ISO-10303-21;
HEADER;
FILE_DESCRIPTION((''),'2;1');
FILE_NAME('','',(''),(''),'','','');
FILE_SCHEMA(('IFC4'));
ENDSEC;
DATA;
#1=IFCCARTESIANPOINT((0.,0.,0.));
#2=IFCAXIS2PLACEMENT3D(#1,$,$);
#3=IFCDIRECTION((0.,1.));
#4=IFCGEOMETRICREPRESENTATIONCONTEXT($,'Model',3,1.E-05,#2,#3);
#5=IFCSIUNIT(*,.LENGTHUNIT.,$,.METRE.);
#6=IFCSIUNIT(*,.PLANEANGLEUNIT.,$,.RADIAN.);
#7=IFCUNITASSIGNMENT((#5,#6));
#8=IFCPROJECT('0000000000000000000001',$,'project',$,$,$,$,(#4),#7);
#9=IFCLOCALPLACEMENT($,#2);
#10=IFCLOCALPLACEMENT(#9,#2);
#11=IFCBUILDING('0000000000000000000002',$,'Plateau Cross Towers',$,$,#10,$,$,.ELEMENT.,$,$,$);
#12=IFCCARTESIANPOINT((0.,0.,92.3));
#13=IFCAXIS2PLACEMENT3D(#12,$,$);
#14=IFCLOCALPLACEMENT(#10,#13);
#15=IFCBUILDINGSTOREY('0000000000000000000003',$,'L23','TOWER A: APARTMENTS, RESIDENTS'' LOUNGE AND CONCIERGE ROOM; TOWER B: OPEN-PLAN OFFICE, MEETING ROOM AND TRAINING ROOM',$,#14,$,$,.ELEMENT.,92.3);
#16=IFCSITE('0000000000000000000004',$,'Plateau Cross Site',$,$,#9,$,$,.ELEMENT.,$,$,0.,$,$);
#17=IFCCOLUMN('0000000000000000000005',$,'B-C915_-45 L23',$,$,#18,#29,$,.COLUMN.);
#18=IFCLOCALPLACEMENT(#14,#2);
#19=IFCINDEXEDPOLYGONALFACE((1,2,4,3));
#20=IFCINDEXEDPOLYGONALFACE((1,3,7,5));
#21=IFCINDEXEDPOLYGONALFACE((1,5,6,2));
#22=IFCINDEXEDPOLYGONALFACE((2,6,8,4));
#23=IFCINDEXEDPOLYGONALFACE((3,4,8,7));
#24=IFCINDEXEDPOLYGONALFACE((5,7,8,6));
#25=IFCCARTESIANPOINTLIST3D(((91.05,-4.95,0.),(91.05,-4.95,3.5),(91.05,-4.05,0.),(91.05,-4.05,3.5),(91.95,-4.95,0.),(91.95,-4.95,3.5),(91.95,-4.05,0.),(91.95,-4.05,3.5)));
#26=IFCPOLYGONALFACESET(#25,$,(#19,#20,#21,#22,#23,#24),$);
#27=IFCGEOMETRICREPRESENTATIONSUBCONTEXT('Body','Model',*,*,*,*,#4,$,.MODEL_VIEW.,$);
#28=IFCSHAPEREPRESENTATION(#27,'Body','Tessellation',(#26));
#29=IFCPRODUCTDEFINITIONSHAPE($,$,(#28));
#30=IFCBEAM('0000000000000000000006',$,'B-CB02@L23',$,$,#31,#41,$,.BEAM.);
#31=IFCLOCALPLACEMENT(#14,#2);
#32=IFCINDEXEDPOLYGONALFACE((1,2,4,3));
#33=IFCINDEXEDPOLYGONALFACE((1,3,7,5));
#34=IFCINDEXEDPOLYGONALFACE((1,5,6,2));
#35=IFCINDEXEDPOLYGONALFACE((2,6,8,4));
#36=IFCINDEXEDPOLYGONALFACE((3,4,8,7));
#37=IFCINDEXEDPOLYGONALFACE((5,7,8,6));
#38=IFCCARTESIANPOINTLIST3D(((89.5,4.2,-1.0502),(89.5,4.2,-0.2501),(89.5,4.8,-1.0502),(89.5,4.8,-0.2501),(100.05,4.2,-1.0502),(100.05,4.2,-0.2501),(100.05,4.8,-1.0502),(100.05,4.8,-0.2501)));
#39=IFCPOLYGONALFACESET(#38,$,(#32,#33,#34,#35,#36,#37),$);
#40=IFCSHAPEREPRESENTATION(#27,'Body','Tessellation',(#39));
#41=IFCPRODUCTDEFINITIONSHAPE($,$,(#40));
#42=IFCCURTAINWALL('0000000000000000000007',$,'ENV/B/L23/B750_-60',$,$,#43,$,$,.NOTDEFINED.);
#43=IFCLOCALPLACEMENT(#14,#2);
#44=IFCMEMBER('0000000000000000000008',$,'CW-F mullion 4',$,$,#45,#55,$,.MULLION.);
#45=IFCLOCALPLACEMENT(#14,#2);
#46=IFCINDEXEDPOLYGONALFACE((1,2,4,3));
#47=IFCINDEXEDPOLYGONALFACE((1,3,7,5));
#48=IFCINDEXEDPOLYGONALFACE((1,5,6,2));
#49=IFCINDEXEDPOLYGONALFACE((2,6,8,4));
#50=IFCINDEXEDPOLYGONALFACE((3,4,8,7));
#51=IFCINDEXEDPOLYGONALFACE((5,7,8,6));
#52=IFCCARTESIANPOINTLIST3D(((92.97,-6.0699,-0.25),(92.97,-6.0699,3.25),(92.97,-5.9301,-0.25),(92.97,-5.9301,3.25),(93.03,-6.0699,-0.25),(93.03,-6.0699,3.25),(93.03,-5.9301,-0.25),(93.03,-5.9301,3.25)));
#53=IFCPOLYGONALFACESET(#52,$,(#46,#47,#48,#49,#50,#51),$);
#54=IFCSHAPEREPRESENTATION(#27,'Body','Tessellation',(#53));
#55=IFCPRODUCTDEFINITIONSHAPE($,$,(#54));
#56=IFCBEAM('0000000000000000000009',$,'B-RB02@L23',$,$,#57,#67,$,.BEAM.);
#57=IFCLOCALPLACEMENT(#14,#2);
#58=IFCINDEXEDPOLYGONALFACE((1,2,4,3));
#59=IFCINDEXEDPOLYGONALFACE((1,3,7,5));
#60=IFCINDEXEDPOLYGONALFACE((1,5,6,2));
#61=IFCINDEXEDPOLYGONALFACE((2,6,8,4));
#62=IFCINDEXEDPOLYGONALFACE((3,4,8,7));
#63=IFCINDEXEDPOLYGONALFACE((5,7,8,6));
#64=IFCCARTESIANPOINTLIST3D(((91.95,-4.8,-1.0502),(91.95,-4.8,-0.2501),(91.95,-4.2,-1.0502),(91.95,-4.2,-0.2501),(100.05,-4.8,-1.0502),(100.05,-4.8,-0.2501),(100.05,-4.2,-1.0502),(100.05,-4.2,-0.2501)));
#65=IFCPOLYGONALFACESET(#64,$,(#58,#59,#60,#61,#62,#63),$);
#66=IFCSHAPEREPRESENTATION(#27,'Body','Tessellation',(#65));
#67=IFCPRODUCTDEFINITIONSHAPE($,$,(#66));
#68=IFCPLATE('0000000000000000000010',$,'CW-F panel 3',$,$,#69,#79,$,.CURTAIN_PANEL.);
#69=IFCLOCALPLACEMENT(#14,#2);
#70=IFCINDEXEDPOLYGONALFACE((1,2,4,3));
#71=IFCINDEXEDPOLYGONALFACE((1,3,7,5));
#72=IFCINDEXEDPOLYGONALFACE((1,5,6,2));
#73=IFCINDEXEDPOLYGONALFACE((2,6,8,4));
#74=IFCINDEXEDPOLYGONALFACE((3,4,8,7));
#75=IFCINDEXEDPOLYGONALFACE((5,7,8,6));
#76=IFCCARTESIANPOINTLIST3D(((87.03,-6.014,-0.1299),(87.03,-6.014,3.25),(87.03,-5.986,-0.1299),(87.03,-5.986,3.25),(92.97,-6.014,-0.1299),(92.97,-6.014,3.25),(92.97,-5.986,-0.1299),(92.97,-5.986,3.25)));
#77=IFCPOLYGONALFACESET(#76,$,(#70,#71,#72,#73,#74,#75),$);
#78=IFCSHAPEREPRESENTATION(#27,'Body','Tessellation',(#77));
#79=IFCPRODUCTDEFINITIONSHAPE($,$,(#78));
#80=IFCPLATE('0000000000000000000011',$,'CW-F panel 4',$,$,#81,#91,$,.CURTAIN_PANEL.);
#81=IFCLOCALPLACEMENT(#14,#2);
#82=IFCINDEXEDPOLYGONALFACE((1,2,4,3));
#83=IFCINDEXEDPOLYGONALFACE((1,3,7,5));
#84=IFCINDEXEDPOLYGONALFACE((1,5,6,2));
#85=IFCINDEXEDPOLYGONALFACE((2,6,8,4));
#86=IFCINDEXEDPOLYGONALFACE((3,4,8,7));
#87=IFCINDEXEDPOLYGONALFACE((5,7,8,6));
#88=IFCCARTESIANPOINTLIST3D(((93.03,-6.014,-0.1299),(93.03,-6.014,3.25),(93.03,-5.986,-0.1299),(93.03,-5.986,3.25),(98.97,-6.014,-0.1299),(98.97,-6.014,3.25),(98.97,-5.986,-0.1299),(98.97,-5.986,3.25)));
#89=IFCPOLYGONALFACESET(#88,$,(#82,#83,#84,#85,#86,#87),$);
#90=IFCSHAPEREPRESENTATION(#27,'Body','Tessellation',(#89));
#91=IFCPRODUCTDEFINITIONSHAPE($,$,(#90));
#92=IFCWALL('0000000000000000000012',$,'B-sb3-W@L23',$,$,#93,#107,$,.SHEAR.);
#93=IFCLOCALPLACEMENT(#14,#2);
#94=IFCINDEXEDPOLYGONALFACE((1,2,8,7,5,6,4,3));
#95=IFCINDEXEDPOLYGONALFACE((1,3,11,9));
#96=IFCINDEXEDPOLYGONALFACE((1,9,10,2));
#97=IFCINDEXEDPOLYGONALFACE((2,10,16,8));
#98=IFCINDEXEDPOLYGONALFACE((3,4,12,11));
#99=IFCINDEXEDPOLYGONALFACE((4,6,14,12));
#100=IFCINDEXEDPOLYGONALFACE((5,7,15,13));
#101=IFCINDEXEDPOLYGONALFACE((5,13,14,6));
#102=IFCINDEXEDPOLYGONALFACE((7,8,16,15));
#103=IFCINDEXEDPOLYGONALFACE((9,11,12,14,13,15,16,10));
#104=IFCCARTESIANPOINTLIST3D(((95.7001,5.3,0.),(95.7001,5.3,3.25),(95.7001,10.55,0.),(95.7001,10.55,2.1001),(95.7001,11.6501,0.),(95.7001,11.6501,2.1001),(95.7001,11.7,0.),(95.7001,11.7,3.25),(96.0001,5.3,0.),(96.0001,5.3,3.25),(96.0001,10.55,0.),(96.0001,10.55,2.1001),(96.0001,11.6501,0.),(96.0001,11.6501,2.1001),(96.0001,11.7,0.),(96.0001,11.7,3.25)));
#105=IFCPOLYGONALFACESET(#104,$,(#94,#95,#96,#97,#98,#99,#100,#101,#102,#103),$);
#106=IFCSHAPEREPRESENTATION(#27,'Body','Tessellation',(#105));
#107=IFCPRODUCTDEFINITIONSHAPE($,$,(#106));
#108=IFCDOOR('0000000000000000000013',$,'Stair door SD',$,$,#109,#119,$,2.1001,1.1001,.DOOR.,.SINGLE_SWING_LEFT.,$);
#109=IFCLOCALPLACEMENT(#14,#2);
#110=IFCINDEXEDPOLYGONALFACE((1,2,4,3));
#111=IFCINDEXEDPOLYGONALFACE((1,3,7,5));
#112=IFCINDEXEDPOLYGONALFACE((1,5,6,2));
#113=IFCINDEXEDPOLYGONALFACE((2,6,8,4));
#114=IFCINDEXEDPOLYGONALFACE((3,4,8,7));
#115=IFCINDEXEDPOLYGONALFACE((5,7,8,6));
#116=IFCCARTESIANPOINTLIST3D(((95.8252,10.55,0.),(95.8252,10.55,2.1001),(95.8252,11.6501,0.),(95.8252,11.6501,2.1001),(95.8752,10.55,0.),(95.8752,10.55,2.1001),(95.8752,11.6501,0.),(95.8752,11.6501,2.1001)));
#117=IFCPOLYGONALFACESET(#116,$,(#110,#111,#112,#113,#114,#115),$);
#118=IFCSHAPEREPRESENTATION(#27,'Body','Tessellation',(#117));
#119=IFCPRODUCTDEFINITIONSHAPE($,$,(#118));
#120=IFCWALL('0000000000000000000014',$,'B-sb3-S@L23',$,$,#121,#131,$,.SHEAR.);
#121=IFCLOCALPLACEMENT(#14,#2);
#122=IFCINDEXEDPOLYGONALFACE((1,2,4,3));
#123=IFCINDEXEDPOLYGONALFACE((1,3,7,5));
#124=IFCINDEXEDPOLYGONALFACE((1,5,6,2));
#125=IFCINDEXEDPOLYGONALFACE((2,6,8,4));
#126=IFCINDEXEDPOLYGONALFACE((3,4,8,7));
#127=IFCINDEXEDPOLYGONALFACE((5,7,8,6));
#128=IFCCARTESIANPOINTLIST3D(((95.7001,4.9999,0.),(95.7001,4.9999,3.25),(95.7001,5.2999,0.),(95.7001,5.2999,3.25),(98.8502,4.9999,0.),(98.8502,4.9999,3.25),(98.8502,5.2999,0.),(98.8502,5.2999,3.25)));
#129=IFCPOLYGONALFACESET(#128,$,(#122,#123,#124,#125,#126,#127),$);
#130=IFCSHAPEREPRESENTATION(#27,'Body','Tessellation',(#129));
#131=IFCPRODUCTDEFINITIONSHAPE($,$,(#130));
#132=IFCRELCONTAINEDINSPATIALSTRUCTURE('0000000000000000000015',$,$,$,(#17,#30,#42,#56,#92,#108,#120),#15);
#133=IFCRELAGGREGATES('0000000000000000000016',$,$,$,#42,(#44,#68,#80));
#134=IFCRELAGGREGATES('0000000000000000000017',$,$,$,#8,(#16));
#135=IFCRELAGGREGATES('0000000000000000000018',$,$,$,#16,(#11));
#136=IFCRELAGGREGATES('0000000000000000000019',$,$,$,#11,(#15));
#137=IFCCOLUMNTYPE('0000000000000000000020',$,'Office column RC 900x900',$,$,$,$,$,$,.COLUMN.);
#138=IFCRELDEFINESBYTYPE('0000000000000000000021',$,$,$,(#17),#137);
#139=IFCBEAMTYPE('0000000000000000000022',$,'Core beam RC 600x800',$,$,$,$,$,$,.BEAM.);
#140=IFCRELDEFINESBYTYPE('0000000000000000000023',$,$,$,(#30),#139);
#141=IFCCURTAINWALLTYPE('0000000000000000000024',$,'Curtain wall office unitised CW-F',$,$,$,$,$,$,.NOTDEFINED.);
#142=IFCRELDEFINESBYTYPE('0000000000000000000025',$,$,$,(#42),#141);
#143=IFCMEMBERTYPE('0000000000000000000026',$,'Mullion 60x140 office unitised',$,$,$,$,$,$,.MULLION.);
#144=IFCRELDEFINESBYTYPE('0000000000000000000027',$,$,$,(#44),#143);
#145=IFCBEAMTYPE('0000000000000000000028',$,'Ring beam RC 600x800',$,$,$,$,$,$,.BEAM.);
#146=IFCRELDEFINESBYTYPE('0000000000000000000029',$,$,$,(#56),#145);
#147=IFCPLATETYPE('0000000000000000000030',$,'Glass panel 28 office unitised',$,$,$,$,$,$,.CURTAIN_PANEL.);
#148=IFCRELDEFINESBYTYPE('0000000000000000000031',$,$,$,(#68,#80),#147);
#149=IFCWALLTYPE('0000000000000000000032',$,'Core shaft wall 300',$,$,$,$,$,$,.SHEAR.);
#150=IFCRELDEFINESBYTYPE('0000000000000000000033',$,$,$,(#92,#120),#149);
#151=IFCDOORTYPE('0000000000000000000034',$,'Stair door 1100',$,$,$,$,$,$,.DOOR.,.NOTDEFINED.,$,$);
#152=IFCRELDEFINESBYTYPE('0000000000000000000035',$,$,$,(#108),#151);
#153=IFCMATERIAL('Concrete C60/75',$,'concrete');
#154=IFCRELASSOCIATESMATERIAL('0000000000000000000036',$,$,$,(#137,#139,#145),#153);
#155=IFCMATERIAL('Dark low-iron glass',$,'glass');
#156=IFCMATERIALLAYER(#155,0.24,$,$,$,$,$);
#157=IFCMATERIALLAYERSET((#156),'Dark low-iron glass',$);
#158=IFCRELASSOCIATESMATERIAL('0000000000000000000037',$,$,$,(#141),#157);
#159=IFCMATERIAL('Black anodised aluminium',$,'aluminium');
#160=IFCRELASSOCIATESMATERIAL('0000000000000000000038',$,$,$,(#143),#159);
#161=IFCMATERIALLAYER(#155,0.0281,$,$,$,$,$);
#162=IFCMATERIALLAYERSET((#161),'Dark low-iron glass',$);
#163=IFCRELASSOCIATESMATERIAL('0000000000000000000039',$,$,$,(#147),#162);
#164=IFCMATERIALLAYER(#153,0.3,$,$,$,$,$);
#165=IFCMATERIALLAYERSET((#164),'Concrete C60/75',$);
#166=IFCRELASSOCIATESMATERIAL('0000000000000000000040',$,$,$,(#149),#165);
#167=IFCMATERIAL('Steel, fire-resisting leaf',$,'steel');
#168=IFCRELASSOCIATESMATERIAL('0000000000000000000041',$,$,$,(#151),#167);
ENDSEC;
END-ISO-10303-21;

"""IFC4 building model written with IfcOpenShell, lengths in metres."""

from ifc_helpers import new_model, si_unit, direction, frame, frame_2d, origin, origin_2d, place, context, subcontext, project, spatial, rectangle, extrude, material, layer, layer_set, material_profile, profile_set, type_object, element, fill, aggregate, save


model = new_model("IFC4")

# Units and contexts
model_context = context("Model", 3, precision=1e-05, world=origin(), true_north=direction((0.0, 1.0)))
body_context = subcontext(model_context, "Body", "Model", "MODEL_VIEW")
ifc_project = project(units=[si_unit("LENGTHUNIT", "METRE"), si_unit("PLANEANGLEUNIT", "RADIAN")], contexts=[model_context])

# Site, building, storey
site_placement = place(None, origin())
site = spatial("IfcSite", under=ifc_project, at=site_placement, Name="Plateau Cross Site", CompositionType="ELEMENT", RefElevation=0.0)
building_placement = place(site_placement, origin())
building = spatial("IfcBuilding", under=site, at=building_placement, Name="Plateau Cross Towers", CompositionType="ELEMENT")
storey_placement = place(building_placement, frame((0.0, 0.0, 92.3)))
storey = spatial("IfcBuildingStorey", under=building, at=storey_placement, Name="L23", Description="TOWER A: APARTMENTS, RESIDENTS' LOUNGE AND CONCIERGE ROOM; TOWER B: OPEN-PLAN OFFICE, MEETING ROOM AND TRAINING ROOM", CompositionType="ELEMENT", Elevation=92.3)

# Column
ifc_material_1 = material(Name="Concrete C60/75", Category="concrete")
ifc_material_profile_1 = material_profile(ifc_material_1, rectangle(XDim=0.8999, YDim=0.8999, at=origin_2d()), Name="RC 900x900")
ifc_profile_set_1 = profile_set([ifc_material_profile_1], Name="Concrete C60/75")
column_type = type_object("IfcColumnType", Name="Office column RC 900x900", PredefinedType="COLUMN", material=ifc_profile_set_1)
column_placement = place(storey_placement, frame((91.5, -4.5, 0.0), z_axis=(0.0, 0.0, 1.0), x_axis=(1.0, 0.0, 0.0)))
element("IfcColumn", 1, at=column_placement, inside=storey, type_object=column_type, Name="B-C915_-45 L23", PredefinedType="COLUMN", context=body_context, shape_type="SweptSolid", body=[
    extrude(rectangle(XDim=0.8999, YDim=0.8999, at=origin_2d()), origin(), (0.0, 0.0, 1.0), 3.5),
])

# Beam
ifc_material_profile_2 = material_profile(ifc_material_1, rectangle(XDim=0.6001, YDim=0.8, at=origin_2d()), Name="RC 600x800")
ifc_profile_set_2 = profile_set([ifc_material_profile_2], Name="Concrete C60/75")
beam_type_1 = type_object("IfcBeamType", Name="Core beam RC 600x800", PredefinedType="BEAM", material=ifc_profile_set_2)
beam_1_placement = place(storey_placement, frame((89.5, 4.5, -0.6501), z_axis=(1.0, 0.0, 0.0), x_axis=(0.0, 1.0, 0.0)))
element("IfcBeam", 2, at=beam_1_placement, inside=storey, type_object=beam_type_1, Name="B-CB02@L23", PredefinedType="BEAM", context=body_context, shape_type="SweptSolid", body=[
    extrude(rectangle(XDim=0.6001, YDim=0.8, at=origin_2d()), origin(), (0.0, 0.0, 1.0), 10.55),
])

# Curtain wall, member
ifc_material_2 = material(Name="Dark low-iron glass", Category="glass")
ifc_layer_1 = layer(ifc_material_2, 0.24)
ifc_layer_set_1 = layer_set([ifc_layer_1], Name="Dark low-iron glass")
curtain_wall_type = type_object("IfcCurtainWallType", Name="Curtain wall office unitised CW-F", PredefinedType="NOTDEFINED", material=ifc_layer_set_1)
curtain_wall_placement = place(storey_placement, origin())
curtain_wall = element("IfcCurtainWall", 3, at=curtain_wall_placement, inside=storey, type_object=curtain_wall_type, Name="ENV/B/L23/B750_-60", PredefinedType="NOTDEFINED")
ifc_material_3 = material(Name="Black anodised aluminium", Category="aluminium")
ifc_material_profile_3 = material_profile(ifc_material_3, rectangle(XDim=0.0601, YDim=0.1399, at=origin_2d()), Name="MULLION 60x140")
ifc_profile_set_3 = profile_set([ifc_material_profile_3], Name="Black anodised aluminium")
member_type = type_object("IfcMemberType", Name="Mullion 60x140 office unitised", PredefinedType="MULLION", material=ifc_profile_set_3)
member_placement = place(storey_placement, frame((93.0, -6.0, -0.25), z_axis=(0.0, 0.0, 1.0), x_axis=(1.0, 0.0, 0.0)))
member = element("IfcMember", 4, at=member_placement, type_object=member_type, Name="CW-F mullion 4", PredefinedType="MULLION", context=body_context, shape_type="SweptSolid", body=[
    extrude(rectangle(XDim=0.0601, YDim=0.1399, at=origin_2d()), origin(), (0.0, 0.0, 1.0), 3.5),
])

# Beam
ifc_material_profile_4 = material_profile(ifc_material_1, rectangle(XDim=0.6001, YDim=0.8, at=origin_2d()), Name="RC 600x800")
ifc_profile_set_4 = profile_set([ifc_material_profile_4], Name="Concrete C60/75")
beam_type_2 = type_object("IfcBeamType", Name="Ring beam RC 600x800", PredefinedType="BEAM", material=ifc_profile_set_4)
beam_2_placement = place(storey_placement, frame((91.95, -4.5, -0.6501), z_axis=(1.0, 0.0, 0.0), x_axis=(0.0, 1.0, 0.0)))
element("IfcBeam", 5, at=beam_2_placement, inside=storey, type_object=beam_type_2, Name="B-RB02@L23", PredefinedType="BEAM", context=body_context, shape_type="SweptSolid", body=[
    extrude(rectangle(XDim=0.6001, YDim=0.8, at=origin_2d()), origin(), (0.0, 0.0, 1.0), 8.1001),
])

# Plates
ifc_layer_2 = layer(ifc_material_2, 0.0281)
ifc_layer_set_2 = layer_set([ifc_layer_2], Name="Dark low-iron glass")
plate_type = type_object("IfcPlateType", Name="Glass panel 28 office unitised", PredefinedType="CURTAIN_PANEL", material=ifc_layer_set_2)
plate_1_placement = place(storey_placement, frame((90.0, -6.0, -0.1299), z_axis=(0.0, 0.0, 1.0), x_axis=(1.0, 0.0, 0.0)))
plate_1 = element("IfcPlate", 6, at=plate_1_placement, type_object=plate_type, Name="CW-F panel 3", PredefinedType="CURTAIN_PANEL", context=body_context, shape_type="SweptSolid", body=[
    extrude(rectangle(XDim=5.9399, YDim=0.0281, at=origin_2d()), origin(), (0.0, 0.0, 1.0), 3.3799),
])
plate_2_placement = place(storey_placement, frame((96.0, -6.0, -0.1299), z_axis=(0.0, 0.0, 1.0), x_axis=(1.0, 0.0, 0.0)))
plate_2 = element("IfcPlate", 7, at=plate_2_placement, type_object=plate_type, Name="CW-F panel 4", PredefinedType="CURTAIN_PANEL", context=body_context, shape_type="SweptSolid", body=[
    extrude(rectangle(XDim=5.9399, YDim=0.0281, at=origin_2d()), origin(), (0.0, 0.0, 1.0), 3.3799),
])
aggregate(curtain_wall, [member, plate_1, plate_2])

# Wall, opening, door
ifc_layer_3 = layer(ifc_material_1, 0.3)
ifc_layer_set_3 = layer_set([ifc_layer_3], Name="Concrete C60/75")
wall_type_1 = type_object("IfcWallType", Name="Core shaft wall 300", PredefinedType="SHEAR", material=ifc_layer_set_3)
wall_1_placement = place(storey_placement, frame((95.8501, 5.3, 0.0), z_axis=(0.0, 0.0, 1.0), x_axis=(0.0, 1.0, 0.0)))
wall_1 = element("IfcWall", 8, at=wall_1_placement, inside=storey, type_object=wall_type_1, Name="B-sb3-W@L23", PredefinedType="SHEAR", context=body_context, shape_type="SweptSolid", body=[
    extrude(rectangle(XDim=6.3999, YDim=0.3, at=frame_2d((3.2, 0.0))), origin(), (0.0, 0.0, 1.0), 3.25),
])
opening_1_placement = place(wall_1_placement, frame((5.25, 0.0, 0.0)))
opening_1 = element("IfcOpeningElement", 9, at=opening_1_placement, cuts=wall_1, PredefinedType="OPENING", context=body_context, shape_type="SweptSolid", body=[
    extrude(rectangle(XDim=1.1001, YDim=2.1001, at=frame_2d((0.55, 1.05))), frame((0.0, 0.1599, 0.0), z_axis=(0.0, -1.0, 0.0), x_axis=(1.0, 0.0, 0.0)), (0.0, 0.0, 1.0), 0.3201),
])
ifc_material_4 = material(Name="Steel, fire-resisting leaf", Category="steel")
door_type_1 = type_object("IfcDoorType", Name="Stair door 1100", OperationType="NOTDEFINED", PredefinedType="DOOR", material=ifc_material_4)
door_1_placement = place(opening_1_placement, origin())
door_1 = element("IfcDoor", 10, at=door_1_placement, inside=storey, type_object=door_type_1, Name="Stair door SD", OperationType="SINGLE_SWING_LEFT", OverallHeight=2.1001, OverallWidth=1.1001, PredefinedType="DOOR", context=body_context, shape_type="SweptSolid", body=[
    extrude(rectangle(XDim=1.1001, YDim=2.1001, at=frame_2d((0.55, 1.05))), frame((0.0, 0.0249, 0.0), z_axis=(0.0, -1.0, 0.0), x_axis=(1.0, 0.0, 0.0)), (0.0, 0.0, 1.0), 0.05),
])
fill(opening_1, door_1)

# Wall
wall_2_placement = place(storey_placement, frame((95.7, 5.1499, 0.0), z_axis=(0.0, 0.0, 1.0), x_axis=(1.0, 0.0, 0.0)))
element("IfcWall", 11, at=wall_2_placement, inside=storey, type_object=wall_type_1, Name="B-sb3-S@L23", PredefinedType="SHEAR", context=body_context, shape_type="SweptSolid", body=[
    extrude(rectangle(XDim=3.1501, YDim=0.3, at=frame_2d((1.5752, 0.0))), origin(), (0.0, 0.0, 1.0), 3.25),
])

save(model, "model.ifc")
